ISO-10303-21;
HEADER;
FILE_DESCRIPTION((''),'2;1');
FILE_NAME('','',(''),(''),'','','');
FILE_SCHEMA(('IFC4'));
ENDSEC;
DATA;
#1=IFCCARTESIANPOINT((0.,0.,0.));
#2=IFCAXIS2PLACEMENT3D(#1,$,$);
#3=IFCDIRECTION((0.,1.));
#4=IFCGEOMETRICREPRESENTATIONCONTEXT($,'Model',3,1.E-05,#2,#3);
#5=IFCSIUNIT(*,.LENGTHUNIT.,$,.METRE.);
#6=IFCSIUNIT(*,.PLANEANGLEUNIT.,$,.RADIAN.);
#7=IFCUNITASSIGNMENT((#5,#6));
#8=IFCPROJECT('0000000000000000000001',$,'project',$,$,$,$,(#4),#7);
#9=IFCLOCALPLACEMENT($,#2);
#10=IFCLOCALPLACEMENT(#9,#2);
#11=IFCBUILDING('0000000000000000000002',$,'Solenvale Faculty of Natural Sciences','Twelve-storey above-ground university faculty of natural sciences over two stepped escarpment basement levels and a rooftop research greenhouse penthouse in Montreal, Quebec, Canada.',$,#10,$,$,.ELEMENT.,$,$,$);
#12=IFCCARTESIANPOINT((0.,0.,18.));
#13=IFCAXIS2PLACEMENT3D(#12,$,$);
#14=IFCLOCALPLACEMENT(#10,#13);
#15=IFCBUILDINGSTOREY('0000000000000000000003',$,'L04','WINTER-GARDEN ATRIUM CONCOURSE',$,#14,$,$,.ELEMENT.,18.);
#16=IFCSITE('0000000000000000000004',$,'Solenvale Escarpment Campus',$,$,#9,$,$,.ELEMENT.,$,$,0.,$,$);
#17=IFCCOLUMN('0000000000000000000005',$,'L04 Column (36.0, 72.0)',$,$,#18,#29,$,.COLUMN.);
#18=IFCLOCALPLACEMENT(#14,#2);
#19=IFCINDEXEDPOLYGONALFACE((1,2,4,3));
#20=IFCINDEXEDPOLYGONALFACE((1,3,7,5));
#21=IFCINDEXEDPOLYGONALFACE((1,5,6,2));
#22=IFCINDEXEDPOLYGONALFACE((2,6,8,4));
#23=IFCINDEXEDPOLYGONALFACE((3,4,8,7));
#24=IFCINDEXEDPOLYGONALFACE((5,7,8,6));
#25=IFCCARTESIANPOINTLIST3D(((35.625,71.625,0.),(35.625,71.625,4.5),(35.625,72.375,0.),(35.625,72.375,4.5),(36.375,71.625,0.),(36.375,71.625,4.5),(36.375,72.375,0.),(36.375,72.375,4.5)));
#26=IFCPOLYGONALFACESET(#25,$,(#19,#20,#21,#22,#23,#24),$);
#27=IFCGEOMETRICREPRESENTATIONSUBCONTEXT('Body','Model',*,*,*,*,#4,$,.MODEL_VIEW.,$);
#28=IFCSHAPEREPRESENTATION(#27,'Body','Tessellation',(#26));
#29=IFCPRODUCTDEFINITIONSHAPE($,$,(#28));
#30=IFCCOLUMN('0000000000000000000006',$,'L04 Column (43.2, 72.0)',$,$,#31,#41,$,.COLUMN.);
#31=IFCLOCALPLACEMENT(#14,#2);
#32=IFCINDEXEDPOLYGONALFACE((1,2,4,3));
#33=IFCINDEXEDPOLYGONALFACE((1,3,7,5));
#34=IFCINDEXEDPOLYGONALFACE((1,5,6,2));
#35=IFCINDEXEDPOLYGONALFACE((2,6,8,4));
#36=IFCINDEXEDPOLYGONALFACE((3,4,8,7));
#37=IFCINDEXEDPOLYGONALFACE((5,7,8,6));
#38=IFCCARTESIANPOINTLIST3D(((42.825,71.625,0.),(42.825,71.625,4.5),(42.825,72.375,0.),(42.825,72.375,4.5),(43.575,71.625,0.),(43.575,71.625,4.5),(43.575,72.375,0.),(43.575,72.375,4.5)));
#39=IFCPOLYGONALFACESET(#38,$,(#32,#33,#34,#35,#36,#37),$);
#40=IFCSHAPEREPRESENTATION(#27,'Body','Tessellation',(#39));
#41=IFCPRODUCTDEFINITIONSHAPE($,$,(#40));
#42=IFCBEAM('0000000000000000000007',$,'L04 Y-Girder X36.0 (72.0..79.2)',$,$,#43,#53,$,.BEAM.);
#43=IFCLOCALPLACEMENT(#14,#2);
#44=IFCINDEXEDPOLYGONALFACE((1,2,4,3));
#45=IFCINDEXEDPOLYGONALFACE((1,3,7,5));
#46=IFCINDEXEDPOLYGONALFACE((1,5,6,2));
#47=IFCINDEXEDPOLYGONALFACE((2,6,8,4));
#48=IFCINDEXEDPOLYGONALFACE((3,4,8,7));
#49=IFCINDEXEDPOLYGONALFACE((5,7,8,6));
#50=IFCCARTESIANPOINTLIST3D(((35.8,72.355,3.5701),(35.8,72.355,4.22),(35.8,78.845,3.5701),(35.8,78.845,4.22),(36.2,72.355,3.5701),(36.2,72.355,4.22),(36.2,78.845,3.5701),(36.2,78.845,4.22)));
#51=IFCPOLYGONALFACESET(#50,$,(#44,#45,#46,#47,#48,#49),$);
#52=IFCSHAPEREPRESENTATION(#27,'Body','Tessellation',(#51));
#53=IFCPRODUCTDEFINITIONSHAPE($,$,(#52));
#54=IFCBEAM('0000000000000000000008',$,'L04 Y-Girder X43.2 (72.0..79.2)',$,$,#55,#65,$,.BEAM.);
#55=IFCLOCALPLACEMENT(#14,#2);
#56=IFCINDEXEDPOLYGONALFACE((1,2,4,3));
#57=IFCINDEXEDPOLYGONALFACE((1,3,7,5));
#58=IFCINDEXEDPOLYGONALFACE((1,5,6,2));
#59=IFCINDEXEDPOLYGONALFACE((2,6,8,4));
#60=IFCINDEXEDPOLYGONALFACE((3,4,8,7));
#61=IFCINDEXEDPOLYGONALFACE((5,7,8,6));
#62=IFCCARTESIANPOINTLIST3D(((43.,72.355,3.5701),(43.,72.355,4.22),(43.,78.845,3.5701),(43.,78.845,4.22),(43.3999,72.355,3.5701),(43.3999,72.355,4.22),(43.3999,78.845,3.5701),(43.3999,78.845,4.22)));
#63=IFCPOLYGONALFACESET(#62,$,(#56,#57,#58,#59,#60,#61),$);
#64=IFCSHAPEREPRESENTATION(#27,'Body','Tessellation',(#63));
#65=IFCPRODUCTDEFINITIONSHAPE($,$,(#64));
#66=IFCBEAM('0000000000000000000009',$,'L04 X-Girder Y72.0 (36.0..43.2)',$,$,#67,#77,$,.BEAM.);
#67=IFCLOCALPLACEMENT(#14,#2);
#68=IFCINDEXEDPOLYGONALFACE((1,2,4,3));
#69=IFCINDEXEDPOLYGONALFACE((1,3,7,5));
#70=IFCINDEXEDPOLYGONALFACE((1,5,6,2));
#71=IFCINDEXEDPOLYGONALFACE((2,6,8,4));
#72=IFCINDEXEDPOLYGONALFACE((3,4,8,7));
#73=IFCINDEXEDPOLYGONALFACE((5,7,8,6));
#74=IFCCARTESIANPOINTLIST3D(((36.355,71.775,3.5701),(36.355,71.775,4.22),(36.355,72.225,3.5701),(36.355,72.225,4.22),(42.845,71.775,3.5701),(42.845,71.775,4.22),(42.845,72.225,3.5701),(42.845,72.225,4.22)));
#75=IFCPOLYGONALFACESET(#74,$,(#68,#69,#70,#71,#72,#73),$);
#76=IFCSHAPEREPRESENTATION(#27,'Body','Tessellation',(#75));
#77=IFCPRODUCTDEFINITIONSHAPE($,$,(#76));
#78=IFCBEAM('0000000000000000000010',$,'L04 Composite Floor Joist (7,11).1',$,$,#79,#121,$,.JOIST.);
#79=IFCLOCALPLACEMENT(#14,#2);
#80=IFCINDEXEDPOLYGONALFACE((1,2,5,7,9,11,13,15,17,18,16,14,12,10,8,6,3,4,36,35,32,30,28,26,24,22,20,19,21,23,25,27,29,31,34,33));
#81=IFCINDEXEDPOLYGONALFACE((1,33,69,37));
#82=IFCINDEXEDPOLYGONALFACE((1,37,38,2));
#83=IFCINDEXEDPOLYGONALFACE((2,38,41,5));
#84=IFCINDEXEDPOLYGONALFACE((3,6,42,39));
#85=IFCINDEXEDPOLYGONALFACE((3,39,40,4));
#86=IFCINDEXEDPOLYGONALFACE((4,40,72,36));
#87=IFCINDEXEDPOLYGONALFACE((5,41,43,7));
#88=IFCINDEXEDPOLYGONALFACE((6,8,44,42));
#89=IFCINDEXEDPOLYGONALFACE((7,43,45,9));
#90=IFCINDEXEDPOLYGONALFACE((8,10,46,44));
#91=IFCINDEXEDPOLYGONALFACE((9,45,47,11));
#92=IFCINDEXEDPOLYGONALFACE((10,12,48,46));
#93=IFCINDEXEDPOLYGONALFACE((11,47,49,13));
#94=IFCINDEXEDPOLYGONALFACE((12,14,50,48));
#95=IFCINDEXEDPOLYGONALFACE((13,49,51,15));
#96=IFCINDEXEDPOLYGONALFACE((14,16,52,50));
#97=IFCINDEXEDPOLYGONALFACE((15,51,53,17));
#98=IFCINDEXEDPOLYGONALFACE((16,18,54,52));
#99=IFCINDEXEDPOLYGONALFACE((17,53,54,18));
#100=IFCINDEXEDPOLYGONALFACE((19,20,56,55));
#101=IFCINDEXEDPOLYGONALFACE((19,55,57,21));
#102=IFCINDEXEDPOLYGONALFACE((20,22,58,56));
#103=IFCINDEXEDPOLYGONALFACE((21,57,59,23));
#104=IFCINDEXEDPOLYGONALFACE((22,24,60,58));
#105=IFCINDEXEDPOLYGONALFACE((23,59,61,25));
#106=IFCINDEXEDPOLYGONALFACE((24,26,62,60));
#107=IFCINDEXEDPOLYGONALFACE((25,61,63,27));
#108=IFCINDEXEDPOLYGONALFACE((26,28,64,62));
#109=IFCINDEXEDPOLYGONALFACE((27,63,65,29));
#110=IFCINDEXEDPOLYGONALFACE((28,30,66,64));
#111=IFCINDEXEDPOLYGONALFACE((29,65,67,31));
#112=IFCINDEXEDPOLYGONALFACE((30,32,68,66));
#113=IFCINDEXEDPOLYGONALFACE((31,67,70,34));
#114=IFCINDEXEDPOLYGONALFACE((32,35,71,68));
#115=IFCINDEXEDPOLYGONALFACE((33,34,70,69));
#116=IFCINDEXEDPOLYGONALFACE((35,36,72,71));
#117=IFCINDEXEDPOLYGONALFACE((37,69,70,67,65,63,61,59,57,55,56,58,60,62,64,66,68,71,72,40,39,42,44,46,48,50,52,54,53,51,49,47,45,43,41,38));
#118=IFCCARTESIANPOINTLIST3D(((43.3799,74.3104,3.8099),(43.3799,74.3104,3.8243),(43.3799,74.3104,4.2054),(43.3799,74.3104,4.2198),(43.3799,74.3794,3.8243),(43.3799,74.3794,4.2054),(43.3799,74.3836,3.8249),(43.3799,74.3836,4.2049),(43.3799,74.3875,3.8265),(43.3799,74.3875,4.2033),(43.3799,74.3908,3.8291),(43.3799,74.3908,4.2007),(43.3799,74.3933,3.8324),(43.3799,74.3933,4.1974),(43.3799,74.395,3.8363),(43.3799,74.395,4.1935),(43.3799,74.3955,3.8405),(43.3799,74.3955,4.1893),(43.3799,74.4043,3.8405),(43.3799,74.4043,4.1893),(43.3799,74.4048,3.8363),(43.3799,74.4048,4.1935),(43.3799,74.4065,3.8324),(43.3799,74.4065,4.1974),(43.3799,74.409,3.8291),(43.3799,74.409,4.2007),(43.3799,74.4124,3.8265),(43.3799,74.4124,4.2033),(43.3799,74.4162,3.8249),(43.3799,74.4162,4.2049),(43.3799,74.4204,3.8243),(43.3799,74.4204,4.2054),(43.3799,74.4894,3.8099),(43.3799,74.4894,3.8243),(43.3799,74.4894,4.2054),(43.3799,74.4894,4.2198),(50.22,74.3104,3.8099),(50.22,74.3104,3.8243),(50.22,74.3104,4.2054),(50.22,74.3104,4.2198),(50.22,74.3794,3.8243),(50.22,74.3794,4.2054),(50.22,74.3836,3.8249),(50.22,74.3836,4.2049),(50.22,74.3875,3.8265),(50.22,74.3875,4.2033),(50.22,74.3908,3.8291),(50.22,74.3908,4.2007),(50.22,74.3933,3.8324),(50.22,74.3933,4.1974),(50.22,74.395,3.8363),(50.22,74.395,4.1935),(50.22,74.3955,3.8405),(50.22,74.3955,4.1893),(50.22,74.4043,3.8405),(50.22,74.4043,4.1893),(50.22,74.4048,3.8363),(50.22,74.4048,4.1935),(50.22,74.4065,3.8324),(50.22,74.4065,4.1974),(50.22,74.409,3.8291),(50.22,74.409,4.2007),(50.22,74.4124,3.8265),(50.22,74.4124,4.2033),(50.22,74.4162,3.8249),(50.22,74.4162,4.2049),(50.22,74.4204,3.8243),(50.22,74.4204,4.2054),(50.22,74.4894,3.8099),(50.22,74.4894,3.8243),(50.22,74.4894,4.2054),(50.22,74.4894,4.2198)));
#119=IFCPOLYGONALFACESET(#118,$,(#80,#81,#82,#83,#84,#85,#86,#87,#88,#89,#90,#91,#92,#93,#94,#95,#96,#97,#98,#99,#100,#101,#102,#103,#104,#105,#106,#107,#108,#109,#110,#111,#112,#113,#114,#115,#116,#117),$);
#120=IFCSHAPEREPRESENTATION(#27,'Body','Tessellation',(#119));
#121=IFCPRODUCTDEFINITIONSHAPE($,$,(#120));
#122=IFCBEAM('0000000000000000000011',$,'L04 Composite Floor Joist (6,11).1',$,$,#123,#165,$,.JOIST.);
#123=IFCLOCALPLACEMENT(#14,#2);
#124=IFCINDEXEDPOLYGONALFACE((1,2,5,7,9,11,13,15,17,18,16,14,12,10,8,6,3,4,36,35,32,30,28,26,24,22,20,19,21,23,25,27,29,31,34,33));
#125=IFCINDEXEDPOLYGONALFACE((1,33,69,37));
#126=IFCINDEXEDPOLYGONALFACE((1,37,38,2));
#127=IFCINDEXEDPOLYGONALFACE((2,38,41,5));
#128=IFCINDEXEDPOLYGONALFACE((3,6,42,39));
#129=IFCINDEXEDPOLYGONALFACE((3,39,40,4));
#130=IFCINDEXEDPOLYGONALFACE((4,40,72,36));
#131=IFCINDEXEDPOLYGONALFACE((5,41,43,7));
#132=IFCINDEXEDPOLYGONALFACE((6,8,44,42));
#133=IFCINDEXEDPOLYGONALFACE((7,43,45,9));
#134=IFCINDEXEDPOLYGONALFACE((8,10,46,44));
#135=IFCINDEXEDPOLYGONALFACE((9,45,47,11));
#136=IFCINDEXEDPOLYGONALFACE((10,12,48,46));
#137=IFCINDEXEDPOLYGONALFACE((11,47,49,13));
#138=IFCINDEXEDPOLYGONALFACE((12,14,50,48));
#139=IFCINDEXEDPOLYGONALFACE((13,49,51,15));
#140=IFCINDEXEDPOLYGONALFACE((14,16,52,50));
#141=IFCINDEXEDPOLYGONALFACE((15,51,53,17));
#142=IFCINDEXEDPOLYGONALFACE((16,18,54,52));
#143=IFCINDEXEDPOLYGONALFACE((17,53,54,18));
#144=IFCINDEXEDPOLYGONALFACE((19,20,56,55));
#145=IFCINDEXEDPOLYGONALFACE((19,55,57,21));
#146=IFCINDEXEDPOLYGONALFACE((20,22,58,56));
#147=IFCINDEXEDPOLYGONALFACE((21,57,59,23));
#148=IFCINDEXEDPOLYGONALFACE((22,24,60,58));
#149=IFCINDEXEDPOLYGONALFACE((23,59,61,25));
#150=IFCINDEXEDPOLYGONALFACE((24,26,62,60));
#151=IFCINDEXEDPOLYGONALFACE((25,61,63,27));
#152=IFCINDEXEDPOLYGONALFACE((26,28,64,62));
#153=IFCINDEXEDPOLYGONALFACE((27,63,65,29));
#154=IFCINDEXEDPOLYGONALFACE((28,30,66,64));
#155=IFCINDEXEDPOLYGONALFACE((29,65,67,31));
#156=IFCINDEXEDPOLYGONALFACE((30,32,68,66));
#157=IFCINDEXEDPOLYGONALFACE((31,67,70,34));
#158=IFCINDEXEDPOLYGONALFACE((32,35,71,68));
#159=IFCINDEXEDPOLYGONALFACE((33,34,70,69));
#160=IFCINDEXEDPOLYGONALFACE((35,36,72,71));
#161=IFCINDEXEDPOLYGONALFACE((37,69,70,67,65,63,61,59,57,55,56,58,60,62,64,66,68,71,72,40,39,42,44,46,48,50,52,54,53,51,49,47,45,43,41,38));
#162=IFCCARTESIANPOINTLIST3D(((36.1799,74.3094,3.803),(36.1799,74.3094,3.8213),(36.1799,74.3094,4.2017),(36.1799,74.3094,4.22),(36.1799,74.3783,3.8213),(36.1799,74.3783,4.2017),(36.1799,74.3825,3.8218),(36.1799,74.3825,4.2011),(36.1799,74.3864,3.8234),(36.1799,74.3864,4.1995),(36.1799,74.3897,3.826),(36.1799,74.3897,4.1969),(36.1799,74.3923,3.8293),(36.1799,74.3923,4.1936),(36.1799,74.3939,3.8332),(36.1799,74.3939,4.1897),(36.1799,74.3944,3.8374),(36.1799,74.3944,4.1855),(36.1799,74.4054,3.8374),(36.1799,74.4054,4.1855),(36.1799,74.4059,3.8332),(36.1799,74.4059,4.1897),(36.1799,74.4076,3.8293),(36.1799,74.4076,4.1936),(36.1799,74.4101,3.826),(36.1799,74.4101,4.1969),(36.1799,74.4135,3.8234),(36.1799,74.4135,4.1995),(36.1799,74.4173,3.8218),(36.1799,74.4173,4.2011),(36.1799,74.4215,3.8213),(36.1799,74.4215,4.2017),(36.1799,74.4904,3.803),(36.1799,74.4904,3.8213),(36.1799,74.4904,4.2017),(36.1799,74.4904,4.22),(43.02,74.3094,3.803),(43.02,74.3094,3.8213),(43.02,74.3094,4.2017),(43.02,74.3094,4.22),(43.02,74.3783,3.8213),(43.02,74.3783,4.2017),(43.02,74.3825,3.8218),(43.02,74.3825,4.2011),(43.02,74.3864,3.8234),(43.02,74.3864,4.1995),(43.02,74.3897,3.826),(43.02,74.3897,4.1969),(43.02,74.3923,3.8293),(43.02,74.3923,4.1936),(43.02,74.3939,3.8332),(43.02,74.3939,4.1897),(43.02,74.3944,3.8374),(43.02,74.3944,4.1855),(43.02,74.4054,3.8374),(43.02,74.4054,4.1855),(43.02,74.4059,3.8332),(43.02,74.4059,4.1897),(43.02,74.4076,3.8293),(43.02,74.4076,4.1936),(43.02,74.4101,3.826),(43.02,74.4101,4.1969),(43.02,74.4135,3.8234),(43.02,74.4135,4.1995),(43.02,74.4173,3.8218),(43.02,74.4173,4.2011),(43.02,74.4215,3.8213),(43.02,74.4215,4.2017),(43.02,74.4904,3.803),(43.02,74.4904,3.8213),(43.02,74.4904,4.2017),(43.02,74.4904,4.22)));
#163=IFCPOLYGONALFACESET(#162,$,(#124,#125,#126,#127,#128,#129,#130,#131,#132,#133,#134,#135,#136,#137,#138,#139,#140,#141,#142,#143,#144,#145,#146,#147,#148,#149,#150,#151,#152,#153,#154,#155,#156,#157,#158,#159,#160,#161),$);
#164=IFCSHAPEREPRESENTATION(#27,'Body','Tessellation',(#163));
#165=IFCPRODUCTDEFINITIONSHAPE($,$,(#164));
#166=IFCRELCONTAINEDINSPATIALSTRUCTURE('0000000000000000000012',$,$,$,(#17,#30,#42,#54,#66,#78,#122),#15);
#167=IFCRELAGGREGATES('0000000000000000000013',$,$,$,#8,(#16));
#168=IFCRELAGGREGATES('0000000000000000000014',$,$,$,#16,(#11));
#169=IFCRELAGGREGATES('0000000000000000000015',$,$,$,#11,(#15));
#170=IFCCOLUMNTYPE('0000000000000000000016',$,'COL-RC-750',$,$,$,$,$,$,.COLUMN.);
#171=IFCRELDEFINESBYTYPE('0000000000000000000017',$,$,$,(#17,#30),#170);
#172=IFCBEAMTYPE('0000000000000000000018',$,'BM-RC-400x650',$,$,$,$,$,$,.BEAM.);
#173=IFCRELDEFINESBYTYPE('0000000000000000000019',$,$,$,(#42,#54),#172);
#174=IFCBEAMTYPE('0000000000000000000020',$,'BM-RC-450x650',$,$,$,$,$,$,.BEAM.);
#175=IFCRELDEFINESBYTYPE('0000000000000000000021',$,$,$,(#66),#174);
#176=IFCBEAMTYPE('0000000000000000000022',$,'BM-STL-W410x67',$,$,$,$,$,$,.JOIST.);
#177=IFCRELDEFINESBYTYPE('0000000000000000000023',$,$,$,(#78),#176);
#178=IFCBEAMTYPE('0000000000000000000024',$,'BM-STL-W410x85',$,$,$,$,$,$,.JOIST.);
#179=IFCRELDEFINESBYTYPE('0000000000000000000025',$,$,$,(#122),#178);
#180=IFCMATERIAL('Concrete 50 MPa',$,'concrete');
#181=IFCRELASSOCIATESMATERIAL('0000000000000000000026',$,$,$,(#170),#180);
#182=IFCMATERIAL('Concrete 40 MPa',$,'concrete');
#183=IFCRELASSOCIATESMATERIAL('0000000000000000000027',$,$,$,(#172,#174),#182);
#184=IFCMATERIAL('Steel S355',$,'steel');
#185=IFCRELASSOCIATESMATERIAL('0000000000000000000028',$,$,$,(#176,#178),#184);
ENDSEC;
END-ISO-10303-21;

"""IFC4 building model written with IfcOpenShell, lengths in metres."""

from ifc_helpers import new_model, si_unit, direction, frame, origin, origin_2d, place, context, subcontext, project, spatial, rectangle, i_section, extrude, material, material_profile, profile_set, type_object, element, save


model = new_model("IFC4")

# Units and contexts
model_context = context("Model", 3, precision=1e-05, world=origin(), true_north=direction((0.0, 1.0)))
body_context = subcontext(model_context, "Body", "Model", "MODEL_VIEW")
ifc_project = project(units=[si_unit("LENGTHUNIT", "METRE"), si_unit("PLANEANGLEUNIT", "RADIAN")], contexts=[model_context])

# Site, building, storey
site_placement = place(None, origin())
site = spatial("IfcSite", under=ifc_project, at=site_placement, Name="Solenvale Escarpment Campus", CompositionType="ELEMENT", RefElevation=0.0)
building_placement = place(site_placement, origin())
building = spatial("IfcBuilding", under=site, at=building_placement, Name="Solenvale Faculty of Natural Sciences", Description="Twelve-storey above-ground university faculty of natural sciences over two stepped escarpment basement levels and a rooftop research greenhouse penthouse in Montreal, Quebec, Canada.", CompositionType="ELEMENT")
storey_placement = place(building_placement, frame((0.0, 0.0, 18.0)))
storey = spatial("IfcBuildingStorey", under=building, at=storey_placement, Name="L04", Description="WINTER-GARDEN ATRIUM CONCOURSE", CompositionType="ELEMENT", Elevation=18.0)

# Columns
ifc_material_1 = material(Name="Concrete 50 MPa", Category="concrete")
ifc_material_profile_1 = material_profile(ifc_material_1, rectangle(XDim=0.75, YDim=0.75, at=origin_2d()), Name="RC-COL-750x750")
ifc_profile_set_1 = profile_set([ifc_material_profile_1], Name="Concrete 50 MPa")
column_type = type_object("IfcColumnType", Name="COL-RC-750", PredefinedType="COLUMN", material=ifc_profile_set_1)
for number, where, z_axis, x_axis, name in (
    (1, (36.0, 72.0, 0.0), (0.0, 0.0, 1.0), (1.0, 0.0, 0.0), "L04 Column (36.0, 72.0)"),
    (2, (43.2, 72.0, 0.0), (0.0, 0.0, 1.0), (1.0, 0.0, 0.0), "L04 Column (43.2, 72.0)"),
):
    element("IfcColumn", number, at=place(storey_placement, frame(where, z_axis=z_axis, x_axis=x_axis)), inside=storey, type_object=column_type, Name=name, PredefinedType="COLUMN", context=body_context, shape_type="SweptSolid", body=[
        extrude(rectangle(XDim=0.75, YDim=0.75, at=origin_2d()), origin(), (0.0, 0.0, 1.0), 4.5),
    ])

# Beams
ifc_material_2 = material(Name="Concrete 40 MPa", Category="concrete")
ifc_material_profile_2 = material_profile(ifc_material_2, rectangle(XDim=0.3999, YDim=0.6499, at=origin_2d()), Name="RC-BM-400x650")
ifc_profile_set_2 = profile_set([ifc_material_profile_2], Name="Concrete 40 MPa")
beam_type_1 = type_object("IfcBeamType", Name="BM-RC-400x650", PredefinedType="BEAM", material=ifc_profile_set_2)
for number, where, z_axis, x_axis, name in (
    (3, (36.0, 72.355, 3.895), (0.0, 1.0, 0.0), (-1.0, 0.0, 0.0), "L04 Y-Girder X36.0 (72.0..79.2)"),
    (4, (43.2, 72.355, 3.895), (0.0, 1.0, 0.0), (-1.0, 0.0, 0.0), "L04 Y-Girder X43.2 (72.0..79.2)"),
):
    element("IfcBeam", number, at=place(storey_placement, frame(where, z_axis=z_axis, x_axis=x_axis)), inside=storey, type_object=beam_type_1, Name=name, PredefinedType="BEAM", context=body_context, shape_type="SweptSolid", body=[
        extrude(rectangle(XDim=0.3999, YDim=0.6499, at=origin_2d()), origin(), (0.0, 0.0, 1.0), 6.49),
    ])
ifc_material_profile_3 = material_profile(ifc_material_2, rectangle(XDim=0.45, YDim=0.6499, at=origin_2d()), Name="RC-BM-450x650")
ifc_profile_set_3 = profile_set([ifc_material_profile_3], Name="Concrete 40 MPa")
beam_type_2 = type_object("IfcBeamType", Name="BM-RC-450x650", PredefinedType="BEAM", material=ifc_profile_set_3)
beam_1_placement = place(storey_placement, frame((36.355, 72.0, 3.895), z_axis=(1.0, 0.0, 0.0), x_axis=(0.0, 1.0, 0.0)))
element("IfcBeam", 5, at=beam_1_placement, inside=storey, type_object=beam_type_2, Name="L04 X-Girder Y72.0 (36.0..43.2)", PredefinedType="BEAM", context=body_context, shape_type="SweptSolid", body=[
    extrude(rectangle(XDim=0.45, YDim=0.6499, at=origin_2d()), origin(), (0.0, 0.0, 1.0), 6.49),
])
ifc_material_3 = material(Name="Steel S355", Category="steel")
ifc_material_profile_4 = material_profile(ifc_material_3, i_section(OverallWidth=0.179, OverallDepth=0.4099, WebThickness=0.0088, FlangeThickness=0.0144, FilletRadius=0.0161, at=origin_2d()), Name="W410x67")
ifc_profile_set_4 = profile_set([ifc_material_profile_4], Name="Steel S355")
beam_type_3 = type_object("IfcBeamType", Name="BM-STL-W410x67", PredefinedType="JOIST", material=ifc_profile_set_4)
beam_2_placement = place(storey_placement, frame((43.3799, 74.3999, 4.0149), z_axis=(1.0, 0.0, 0.0), x_axis=(0.0, 1.0, 0.0)))
element("IfcBeam", 6, at=beam_2_placement, inside=storey, type_object=beam_type_3, Name="L04 Composite Floor Joist (7,11).1", PredefinedType="JOIST", context=body_context, shape_type="SweptSolid", body=[
    extrude(i_section(OverallWidth=0.179, OverallDepth=0.4099, WebThickness=0.0088, FlangeThickness=0.0144, FilletRadius=0.0161, at=origin_2d()), origin(), (0.0, 0.0, 1.0), 6.8401),
])
ifc_material_profile_5 = material_profile(ifc_material_3, i_section(OverallWidth=0.1809, OverallDepth=0.417, WebThickness=0.011, FlangeThickness=0.0183, FilletRadius=0.0161, at=origin_2d()), Name="W410x85")
ifc_profile_set_5 = profile_set([ifc_material_profile_5], Name="Steel S355")
beam_type_4 = type_object("IfcBeamType", Name="BM-STL-W410x85", PredefinedType="JOIST", material=ifc_profile_set_5)
for number, where, z_axis, x_axis, name in (
    (7, (36.1799, 74.3999, 4.0115), (1.0, 0.0, 0.0), (0.0, 1.0, 0.0), "L04 Composite Floor Joist (6,11).1"),
):
    element("IfcBeam", number, at=place(storey_placement, frame(where, z_axis=z_axis, x_axis=x_axis)), inside=storey, type_object=beam_type_4, Name=name, PredefinedType="JOIST", context=body_context, shape_type="SweptSolid", body=[
        extrude(i_section(OverallWidth=0.1809, OverallDepth=0.417, WebThickness=0.011, FlangeThickness=0.0183, FilletRadius=0.0161, at=origin_2d()), origin(), (0.0, 0.0, 1.0), 6.8401),
    ])

save(model, "model.ifc")
